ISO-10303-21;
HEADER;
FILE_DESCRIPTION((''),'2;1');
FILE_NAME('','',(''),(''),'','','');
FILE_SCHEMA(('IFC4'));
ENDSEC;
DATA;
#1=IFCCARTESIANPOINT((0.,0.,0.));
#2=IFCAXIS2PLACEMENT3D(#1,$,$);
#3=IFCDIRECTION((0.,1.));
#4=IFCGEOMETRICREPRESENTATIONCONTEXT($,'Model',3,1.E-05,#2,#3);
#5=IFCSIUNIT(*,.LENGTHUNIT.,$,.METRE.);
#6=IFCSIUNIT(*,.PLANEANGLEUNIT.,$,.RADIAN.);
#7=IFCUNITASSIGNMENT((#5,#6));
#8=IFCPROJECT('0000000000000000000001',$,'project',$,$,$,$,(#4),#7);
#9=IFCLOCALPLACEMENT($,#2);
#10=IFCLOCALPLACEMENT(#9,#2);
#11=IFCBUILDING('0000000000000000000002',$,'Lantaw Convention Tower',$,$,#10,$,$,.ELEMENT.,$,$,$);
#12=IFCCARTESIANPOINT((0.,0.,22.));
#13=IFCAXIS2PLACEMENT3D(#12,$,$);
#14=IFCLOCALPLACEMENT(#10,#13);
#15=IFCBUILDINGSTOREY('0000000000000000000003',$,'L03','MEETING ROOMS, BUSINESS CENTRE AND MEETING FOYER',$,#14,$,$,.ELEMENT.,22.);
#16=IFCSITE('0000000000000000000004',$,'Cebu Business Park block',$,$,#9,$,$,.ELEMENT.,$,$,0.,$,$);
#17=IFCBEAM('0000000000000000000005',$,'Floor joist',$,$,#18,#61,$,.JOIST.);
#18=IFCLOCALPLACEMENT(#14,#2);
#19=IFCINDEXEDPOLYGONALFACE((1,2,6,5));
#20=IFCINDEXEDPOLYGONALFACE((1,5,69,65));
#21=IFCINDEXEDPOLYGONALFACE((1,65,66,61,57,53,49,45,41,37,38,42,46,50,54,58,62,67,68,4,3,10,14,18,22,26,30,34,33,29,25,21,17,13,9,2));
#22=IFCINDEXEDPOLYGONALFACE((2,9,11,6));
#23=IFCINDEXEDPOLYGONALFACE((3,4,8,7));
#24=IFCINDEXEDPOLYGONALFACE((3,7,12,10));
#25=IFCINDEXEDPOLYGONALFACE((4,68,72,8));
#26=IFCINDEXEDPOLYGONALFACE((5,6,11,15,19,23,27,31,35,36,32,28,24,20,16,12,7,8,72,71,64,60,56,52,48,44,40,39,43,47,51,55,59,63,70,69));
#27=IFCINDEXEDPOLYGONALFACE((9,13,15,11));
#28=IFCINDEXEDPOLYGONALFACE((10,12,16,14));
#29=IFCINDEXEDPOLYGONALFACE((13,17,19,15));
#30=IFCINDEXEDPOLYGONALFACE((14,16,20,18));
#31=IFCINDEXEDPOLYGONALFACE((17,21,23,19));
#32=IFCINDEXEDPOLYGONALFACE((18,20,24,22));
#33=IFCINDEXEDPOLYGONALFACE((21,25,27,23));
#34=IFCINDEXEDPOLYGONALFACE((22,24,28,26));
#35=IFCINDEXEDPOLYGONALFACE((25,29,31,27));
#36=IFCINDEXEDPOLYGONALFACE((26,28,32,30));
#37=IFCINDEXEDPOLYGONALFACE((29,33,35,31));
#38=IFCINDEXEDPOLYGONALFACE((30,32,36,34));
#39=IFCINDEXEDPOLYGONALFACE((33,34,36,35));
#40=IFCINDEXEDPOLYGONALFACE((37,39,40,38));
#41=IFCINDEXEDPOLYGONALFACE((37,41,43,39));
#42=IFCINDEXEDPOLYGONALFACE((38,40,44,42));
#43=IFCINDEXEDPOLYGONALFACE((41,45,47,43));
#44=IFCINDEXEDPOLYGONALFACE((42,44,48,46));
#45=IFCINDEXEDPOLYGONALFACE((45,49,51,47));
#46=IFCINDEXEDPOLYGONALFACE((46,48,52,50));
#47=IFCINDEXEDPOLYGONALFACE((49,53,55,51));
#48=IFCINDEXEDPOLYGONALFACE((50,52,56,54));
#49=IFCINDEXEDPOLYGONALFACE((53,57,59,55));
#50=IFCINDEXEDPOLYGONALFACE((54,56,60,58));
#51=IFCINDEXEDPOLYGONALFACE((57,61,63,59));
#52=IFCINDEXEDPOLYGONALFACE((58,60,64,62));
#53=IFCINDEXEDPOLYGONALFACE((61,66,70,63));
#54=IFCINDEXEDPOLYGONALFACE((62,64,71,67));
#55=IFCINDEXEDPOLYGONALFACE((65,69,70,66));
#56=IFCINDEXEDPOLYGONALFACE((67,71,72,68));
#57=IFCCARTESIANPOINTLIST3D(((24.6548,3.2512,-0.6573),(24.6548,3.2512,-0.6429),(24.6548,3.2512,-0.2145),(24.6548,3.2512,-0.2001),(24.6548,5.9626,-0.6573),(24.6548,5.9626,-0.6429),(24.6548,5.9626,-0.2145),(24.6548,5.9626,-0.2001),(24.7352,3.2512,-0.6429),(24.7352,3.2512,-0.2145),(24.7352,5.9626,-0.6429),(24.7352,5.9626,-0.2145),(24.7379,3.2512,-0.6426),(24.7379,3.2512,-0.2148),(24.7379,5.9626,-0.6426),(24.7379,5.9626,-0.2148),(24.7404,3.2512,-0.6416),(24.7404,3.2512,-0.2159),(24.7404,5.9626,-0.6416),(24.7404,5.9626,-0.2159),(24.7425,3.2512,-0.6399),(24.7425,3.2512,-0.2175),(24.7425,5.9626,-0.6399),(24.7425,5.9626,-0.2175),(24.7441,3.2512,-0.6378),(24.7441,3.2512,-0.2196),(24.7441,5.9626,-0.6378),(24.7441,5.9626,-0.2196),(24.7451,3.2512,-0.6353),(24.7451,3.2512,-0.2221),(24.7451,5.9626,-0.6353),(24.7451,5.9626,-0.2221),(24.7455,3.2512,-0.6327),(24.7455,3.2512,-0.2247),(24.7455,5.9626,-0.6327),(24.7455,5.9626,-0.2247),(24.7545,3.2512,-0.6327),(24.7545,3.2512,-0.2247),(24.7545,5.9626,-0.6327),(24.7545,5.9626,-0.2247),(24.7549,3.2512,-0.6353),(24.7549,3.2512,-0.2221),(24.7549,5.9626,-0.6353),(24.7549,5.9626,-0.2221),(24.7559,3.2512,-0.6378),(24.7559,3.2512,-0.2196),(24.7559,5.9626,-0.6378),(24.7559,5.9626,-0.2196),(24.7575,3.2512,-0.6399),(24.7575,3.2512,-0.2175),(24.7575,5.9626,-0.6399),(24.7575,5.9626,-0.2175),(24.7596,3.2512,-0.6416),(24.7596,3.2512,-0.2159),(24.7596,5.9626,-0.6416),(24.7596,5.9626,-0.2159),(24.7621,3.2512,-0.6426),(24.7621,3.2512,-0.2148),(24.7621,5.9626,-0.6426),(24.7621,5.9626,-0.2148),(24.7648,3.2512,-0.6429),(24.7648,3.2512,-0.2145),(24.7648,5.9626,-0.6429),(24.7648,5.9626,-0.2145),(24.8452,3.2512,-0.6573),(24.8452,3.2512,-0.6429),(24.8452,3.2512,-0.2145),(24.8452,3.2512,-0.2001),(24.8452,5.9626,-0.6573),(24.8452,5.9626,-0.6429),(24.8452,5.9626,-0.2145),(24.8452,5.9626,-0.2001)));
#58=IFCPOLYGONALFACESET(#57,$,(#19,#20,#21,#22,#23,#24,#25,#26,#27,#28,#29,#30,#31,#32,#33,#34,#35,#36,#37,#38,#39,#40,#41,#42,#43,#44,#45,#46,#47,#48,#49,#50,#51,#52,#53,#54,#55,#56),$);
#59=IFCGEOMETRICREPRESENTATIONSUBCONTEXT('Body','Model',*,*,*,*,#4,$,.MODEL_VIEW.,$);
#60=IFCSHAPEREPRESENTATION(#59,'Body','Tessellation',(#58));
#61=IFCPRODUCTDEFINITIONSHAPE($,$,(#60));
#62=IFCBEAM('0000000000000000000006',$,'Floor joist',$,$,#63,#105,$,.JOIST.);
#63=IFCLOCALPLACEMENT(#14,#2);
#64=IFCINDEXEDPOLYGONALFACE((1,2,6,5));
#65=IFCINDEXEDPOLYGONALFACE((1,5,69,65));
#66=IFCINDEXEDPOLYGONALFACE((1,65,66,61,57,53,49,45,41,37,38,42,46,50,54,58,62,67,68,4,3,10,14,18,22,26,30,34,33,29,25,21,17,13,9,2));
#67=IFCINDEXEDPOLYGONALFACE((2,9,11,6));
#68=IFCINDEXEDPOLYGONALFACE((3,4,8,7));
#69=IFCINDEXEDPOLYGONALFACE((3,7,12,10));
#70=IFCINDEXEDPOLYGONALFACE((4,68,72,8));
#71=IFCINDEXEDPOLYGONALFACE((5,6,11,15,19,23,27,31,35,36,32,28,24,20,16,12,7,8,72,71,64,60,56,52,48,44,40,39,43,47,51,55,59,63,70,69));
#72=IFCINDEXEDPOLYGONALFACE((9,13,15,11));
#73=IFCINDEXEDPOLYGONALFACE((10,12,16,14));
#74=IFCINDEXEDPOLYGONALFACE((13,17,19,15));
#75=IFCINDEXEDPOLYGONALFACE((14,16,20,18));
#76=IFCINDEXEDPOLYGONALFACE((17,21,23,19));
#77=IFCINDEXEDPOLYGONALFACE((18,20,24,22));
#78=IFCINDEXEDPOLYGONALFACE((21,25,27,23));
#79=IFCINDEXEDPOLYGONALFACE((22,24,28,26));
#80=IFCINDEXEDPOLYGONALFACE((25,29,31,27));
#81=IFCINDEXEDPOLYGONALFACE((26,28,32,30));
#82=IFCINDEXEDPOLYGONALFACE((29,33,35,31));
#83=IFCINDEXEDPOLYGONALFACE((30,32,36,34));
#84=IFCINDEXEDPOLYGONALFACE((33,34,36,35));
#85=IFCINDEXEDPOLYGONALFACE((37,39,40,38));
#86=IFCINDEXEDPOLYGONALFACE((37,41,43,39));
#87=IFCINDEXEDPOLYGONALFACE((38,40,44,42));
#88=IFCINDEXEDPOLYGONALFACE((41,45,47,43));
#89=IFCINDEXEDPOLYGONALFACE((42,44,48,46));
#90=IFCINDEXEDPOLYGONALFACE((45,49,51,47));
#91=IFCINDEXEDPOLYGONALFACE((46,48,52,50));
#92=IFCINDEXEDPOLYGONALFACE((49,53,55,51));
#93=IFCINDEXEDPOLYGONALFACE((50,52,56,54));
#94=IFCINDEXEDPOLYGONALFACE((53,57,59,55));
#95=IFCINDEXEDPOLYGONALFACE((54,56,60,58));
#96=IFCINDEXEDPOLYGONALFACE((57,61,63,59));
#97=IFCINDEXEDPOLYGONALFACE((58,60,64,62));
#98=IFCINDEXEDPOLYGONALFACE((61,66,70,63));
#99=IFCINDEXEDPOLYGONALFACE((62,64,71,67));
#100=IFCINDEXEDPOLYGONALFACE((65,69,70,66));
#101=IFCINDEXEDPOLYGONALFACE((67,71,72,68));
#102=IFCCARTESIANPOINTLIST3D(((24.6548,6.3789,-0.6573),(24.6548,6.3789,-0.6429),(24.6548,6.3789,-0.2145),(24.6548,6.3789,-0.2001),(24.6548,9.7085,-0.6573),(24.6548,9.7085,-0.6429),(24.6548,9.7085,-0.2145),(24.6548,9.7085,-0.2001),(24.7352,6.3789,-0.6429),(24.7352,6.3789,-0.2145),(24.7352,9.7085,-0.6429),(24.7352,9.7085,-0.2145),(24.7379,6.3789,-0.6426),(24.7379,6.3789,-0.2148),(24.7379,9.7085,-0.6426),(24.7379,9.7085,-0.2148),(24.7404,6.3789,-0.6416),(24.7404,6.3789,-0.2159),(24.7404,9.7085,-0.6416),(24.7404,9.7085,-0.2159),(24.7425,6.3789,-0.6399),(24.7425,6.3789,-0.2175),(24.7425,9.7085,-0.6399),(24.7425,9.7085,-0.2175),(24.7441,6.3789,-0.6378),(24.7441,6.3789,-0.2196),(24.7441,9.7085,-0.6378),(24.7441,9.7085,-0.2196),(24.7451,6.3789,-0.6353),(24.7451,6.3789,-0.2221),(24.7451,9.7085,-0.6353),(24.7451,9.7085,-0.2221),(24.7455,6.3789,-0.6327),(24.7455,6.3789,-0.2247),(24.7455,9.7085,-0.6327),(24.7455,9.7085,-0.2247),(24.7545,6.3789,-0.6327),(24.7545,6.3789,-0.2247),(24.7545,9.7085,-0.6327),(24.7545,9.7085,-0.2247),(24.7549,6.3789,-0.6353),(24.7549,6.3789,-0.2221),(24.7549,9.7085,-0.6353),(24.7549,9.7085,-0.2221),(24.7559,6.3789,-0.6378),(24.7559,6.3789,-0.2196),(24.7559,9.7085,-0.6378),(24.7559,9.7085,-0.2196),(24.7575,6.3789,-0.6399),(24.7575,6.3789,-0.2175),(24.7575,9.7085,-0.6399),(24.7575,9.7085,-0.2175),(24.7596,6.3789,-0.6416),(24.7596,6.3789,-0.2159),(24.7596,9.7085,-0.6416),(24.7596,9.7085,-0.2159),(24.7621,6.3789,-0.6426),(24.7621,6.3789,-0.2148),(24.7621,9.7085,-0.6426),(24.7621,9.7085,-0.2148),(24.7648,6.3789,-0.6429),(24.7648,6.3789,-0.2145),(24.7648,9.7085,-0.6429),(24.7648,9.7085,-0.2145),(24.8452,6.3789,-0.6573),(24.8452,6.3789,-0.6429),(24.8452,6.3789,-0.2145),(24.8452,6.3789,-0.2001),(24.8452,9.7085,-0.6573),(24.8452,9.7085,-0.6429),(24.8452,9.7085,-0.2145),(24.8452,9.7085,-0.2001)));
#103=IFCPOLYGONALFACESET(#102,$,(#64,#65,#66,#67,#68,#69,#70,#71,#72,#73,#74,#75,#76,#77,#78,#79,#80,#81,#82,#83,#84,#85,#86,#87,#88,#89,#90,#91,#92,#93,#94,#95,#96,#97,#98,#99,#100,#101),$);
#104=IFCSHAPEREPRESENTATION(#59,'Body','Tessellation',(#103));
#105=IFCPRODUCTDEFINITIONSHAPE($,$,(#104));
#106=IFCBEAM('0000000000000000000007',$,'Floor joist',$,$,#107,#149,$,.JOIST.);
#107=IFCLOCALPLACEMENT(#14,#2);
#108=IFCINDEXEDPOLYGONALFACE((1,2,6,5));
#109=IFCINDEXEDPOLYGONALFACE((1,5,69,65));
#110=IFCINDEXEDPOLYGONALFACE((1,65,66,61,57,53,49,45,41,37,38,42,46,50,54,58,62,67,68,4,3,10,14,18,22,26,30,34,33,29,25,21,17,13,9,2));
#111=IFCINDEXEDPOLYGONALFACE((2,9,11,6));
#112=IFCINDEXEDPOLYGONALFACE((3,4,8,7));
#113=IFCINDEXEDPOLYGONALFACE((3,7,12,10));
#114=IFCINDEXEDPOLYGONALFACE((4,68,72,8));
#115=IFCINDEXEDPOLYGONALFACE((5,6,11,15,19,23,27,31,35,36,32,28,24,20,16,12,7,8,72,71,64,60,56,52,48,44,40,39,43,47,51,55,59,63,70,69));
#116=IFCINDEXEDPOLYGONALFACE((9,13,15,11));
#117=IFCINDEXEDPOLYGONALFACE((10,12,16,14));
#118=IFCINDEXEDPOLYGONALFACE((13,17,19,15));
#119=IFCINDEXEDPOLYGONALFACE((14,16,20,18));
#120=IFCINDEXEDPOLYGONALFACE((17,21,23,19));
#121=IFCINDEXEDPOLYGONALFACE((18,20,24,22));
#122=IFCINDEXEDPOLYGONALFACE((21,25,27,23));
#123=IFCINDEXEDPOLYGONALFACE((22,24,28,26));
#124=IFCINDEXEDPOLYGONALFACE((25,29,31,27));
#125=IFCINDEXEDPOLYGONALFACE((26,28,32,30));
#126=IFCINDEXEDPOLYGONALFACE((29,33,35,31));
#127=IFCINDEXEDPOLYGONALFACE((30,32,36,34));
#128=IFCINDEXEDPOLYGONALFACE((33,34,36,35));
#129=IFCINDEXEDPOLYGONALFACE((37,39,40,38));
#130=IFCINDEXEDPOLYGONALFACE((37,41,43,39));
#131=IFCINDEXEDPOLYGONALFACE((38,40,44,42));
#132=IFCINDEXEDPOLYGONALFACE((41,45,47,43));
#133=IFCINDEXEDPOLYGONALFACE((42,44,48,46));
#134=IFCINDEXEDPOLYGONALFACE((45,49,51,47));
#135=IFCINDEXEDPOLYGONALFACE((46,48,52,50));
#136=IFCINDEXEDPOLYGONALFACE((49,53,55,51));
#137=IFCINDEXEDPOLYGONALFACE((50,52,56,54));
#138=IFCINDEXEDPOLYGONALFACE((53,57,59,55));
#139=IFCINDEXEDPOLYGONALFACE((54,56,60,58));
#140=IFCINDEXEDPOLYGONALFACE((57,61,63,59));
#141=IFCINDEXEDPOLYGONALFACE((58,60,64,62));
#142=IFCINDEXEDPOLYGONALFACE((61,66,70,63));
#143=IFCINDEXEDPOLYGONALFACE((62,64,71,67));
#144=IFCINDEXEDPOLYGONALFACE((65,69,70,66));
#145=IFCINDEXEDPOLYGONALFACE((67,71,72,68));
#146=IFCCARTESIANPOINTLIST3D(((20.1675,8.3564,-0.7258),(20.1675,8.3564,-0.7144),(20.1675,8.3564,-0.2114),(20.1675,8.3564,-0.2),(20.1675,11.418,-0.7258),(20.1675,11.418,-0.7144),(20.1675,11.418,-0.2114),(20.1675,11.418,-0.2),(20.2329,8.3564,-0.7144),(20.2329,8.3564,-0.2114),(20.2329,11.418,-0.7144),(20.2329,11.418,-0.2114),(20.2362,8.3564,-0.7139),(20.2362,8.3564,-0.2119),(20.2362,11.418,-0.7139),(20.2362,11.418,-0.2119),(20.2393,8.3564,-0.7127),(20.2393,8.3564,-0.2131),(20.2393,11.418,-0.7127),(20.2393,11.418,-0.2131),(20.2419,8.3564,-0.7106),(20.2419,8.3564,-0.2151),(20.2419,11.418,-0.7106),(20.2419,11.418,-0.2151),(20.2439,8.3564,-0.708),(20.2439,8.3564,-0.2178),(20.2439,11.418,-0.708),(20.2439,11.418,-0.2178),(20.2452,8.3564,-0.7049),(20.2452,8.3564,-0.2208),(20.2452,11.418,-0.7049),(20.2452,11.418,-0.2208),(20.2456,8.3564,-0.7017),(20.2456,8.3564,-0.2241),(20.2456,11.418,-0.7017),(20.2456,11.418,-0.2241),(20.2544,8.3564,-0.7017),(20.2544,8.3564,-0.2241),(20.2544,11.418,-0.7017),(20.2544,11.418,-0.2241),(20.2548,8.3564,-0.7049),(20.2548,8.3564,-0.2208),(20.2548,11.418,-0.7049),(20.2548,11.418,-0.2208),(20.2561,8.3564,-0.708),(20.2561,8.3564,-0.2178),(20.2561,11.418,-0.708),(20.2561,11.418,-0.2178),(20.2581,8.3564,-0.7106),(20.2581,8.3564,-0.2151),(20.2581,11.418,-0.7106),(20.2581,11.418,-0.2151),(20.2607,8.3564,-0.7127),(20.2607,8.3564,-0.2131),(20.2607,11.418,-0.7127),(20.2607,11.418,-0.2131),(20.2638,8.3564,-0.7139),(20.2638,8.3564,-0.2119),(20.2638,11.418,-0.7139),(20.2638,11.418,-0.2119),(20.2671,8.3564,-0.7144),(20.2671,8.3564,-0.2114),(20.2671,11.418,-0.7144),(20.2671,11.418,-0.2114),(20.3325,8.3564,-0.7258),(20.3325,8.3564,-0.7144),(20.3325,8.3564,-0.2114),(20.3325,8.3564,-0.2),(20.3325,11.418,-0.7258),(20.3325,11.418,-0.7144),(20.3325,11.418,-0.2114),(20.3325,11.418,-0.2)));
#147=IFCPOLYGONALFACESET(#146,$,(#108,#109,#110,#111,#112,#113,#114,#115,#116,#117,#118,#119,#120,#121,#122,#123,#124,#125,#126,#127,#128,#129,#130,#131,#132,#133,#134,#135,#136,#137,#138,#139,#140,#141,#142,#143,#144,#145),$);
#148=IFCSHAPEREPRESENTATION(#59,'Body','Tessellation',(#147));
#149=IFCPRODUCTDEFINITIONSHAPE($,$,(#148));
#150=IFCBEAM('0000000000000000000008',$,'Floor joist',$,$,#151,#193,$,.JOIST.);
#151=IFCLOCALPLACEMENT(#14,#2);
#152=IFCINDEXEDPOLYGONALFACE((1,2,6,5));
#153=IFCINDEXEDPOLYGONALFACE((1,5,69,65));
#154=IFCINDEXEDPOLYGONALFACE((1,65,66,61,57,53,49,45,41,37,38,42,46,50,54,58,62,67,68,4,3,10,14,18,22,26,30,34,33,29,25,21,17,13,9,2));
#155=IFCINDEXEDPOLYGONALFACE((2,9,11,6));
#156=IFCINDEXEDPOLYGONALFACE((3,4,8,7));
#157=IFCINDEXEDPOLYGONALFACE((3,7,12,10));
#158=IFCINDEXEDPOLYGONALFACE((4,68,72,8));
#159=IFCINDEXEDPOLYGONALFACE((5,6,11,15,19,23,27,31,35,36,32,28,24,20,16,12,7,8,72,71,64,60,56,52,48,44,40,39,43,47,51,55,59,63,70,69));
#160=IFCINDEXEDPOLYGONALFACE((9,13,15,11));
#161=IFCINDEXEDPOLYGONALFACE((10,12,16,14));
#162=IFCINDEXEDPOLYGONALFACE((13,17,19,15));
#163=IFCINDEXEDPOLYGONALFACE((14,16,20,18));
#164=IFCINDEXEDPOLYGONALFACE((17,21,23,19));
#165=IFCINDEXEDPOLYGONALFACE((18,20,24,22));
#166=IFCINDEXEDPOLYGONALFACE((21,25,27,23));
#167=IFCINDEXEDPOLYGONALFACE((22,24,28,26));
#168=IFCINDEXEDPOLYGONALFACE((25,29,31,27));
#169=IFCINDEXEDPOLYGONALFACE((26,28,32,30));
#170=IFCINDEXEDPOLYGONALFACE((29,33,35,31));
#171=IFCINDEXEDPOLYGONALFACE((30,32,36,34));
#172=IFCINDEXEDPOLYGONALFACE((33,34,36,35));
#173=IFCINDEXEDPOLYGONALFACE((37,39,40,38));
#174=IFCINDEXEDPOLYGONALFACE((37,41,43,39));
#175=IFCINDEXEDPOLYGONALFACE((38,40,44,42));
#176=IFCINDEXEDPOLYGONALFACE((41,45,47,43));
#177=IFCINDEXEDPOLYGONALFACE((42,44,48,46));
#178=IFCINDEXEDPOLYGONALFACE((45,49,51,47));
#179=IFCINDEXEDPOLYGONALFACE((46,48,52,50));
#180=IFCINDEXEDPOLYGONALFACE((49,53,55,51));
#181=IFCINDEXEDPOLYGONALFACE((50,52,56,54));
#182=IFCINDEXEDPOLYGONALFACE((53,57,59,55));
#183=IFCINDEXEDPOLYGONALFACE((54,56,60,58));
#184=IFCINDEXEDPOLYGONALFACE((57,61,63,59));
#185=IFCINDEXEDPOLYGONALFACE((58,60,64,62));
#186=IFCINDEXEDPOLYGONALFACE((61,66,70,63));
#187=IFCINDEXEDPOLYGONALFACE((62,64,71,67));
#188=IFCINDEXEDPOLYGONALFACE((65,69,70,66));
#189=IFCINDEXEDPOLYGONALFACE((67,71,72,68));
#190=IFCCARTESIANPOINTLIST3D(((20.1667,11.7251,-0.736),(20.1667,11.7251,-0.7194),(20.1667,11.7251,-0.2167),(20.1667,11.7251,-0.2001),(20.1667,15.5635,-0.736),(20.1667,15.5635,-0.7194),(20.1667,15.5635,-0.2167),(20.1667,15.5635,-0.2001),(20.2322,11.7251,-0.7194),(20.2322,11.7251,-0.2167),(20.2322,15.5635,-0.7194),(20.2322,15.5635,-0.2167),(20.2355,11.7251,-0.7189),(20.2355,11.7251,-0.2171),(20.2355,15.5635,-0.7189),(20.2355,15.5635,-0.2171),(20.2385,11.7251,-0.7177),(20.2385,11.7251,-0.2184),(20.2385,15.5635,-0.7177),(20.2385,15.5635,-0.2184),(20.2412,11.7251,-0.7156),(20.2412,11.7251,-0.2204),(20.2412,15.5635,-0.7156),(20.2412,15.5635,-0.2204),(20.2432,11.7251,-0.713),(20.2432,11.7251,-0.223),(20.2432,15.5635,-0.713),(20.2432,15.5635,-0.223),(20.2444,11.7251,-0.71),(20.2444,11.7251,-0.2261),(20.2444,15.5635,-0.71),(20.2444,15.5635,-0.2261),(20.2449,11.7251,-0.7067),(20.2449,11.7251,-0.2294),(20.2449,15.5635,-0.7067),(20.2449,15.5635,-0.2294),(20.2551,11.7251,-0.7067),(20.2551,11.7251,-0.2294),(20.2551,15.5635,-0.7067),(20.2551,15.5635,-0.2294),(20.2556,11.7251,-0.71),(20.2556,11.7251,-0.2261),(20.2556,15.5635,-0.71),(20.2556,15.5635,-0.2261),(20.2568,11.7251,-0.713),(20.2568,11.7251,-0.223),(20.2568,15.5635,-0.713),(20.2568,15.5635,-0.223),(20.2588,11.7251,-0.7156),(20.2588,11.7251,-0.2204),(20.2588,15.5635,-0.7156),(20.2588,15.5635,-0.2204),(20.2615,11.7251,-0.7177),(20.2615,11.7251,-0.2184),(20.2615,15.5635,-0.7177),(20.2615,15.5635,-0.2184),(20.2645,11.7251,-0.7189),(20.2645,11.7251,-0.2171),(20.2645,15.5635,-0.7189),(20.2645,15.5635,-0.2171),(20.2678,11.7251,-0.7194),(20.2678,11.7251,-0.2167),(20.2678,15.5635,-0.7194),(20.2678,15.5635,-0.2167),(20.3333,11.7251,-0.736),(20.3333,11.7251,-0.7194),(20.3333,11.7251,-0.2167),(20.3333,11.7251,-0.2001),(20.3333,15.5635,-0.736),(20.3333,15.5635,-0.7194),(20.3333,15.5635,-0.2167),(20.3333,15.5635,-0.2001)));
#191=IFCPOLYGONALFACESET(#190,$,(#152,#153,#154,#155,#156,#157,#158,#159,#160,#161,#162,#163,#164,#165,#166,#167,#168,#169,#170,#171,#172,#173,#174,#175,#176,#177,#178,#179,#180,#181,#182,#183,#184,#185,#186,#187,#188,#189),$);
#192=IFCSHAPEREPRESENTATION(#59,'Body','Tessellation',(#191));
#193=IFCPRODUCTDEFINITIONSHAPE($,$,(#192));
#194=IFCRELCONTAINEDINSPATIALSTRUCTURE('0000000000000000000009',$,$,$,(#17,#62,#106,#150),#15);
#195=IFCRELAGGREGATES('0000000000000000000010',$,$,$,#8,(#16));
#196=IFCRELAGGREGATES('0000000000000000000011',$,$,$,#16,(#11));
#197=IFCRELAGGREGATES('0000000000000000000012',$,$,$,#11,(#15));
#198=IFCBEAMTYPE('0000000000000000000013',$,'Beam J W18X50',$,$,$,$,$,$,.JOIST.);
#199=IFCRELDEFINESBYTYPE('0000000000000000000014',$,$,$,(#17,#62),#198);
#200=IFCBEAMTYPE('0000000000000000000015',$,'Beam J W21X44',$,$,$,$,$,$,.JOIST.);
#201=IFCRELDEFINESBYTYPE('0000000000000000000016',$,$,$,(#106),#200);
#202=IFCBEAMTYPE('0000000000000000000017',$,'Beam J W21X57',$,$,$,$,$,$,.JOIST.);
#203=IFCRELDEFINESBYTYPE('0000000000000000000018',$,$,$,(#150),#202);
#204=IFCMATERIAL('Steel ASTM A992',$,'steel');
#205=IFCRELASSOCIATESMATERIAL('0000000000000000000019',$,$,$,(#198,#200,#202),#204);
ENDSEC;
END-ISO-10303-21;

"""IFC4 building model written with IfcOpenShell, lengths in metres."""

from ifc_helpers import new_model, si_unit, direction, frame, origin, origin_2d, place, context, subcontext, project, spatial, i_section, extrude, material, material_profile, profile_set, type_object, element, save


model = new_model("IFC4")

# Units and contexts
model_context = context("Model", 3, precision=1e-05, world=origin(), true_north=direction((0.0, 1.0)))
body_context = subcontext(model_context, "Body", "Model", "MODEL_VIEW")
ifc_project = project(units=[si_unit("LENGTHUNIT", "METRE"), si_unit("PLANEANGLEUNIT", "RADIAN")], contexts=[model_context])

# Site, building, storey
site_placement = place(None, origin())
site = spatial("IfcSite", under=ifc_project, at=site_placement, Name="Cebu Business Park block", CompositionType="ELEMENT", RefElevation=0.0)
building_placement = place(site_placement, origin())
building = spatial("IfcBuilding", under=site, at=building_placement, Name="Lantaw Convention Tower", CompositionType="ELEMENT")
storey_placement = place(building_placement, frame((0.0, 0.0, 22.0)))
storey = spatial("IfcBuildingStorey", under=building, at=storey_placement, Name="L03", Description="MEETING ROOMS, BUSINESS CENTRE AND MEETING FOYER", CompositionType="ELEMENT", Elevation=22.0)

# Beams
ifc_material_1 = material(Name="Steel ASTM A992", Category="steel")
ifc_material_profile_1 = material_profile(ifc_material_1, i_section(OverallWidth=0.1904, OverallDepth=0.4573, WebThickness=0.009, FlangeThickness=0.0144, FilletRadius=0.0103, at=origin_2d()), Name="W18X50")
ifc_profile_set_1 = profile_set([ifc_material_profile_1], Name="Steel ASTM A992")
beam_type_1 = type_object("IfcBeamType", Name="Beam J W18X50", PredefinedType="JOIST", material=ifc_profile_set_1)
beam_1_placement = place(storey_placement, frame((24.75, 3.2512, -0.4287), z_axis=(0.0, 1.0, 0.0), x_axis=(-1.0, 0.0, 0.0)))
element("IfcBeam", 1, at=beam_1_placement, inside=storey, type_object=beam_type_1, Name="Floor joist", PredefinedType="JOIST", context=body_context, shape_type="SweptSolid", body=[
    extrude(i_section(OverallWidth=0.1904, OverallDepth=0.4573, WebThickness=0.009, FlangeThickness=0.0144, FilletRadius=0.0103, at=origin_2d()), origin(), (0.0, 0.0, 1.0), 2.7114),
])
beam_2_placement = place(storey_placement, frame((24.75, 6.3789, -0.4287), z_axis=(0.0, 1.0, 0.0), x_axis=(-1.0, 0.0, 0.0)))
element("IfcBeam", 2, at=beam_2_placement, inside=storey, type_object=beam_type_1, Name="Floor joist", PredefinedType="JOIST", context=body_context, shape_type="SweptSolid", body=[
    extrude(i_section(OverallWidth=0.1904, OverallDepth=0.4573, WebThickness=0.009, FlangeThickness=0.0144, FilletRadius=0.0103, at=origin_2d()), origin(), (0.0, 0.0, 1.0), 3.3296),
])
ifc_material_profile_2 = material_profile(ifc_material_1, i_section(OverallWidth=0.165, OverallDepth=0.5259, WebThickness=0.0088, FlangeThickness=0.0115, FilletRadius=0.0127, at=origin_2d()), Name="W21X44")
ifc_profile_set_2 = profile_set([ifc_material_profile_2], Name="Steel ASTM A992")
beam_type_2 = type_object("IfcBeamType", Name="Beam J W21X44", PredefinedType="JOIST", material=ifc_profile_set_2)
beam_3_placement = place(storey_placement, frame((20.25, 8.3564, -0.4629), z_axis=(0.0, 1.0, 0.0), x_axis=(-1.0, 0.0, 0.0)))
element("IfcBeam", 3, at=beam_3_placement, inside=storey, type_object=beam_type_2, Name="Floor joist", PredefinedType="JOIST", context=body_context, shape_type="SweptSolid", body=[
    extrude(i_section(OverallWidth=0.165, OverallDepth=0.5259, WebThickness=0.0088, FlangeThickness=0.0115, FilletRadius=0.0127, at=origin_2d()), origin(), (0.0, 0.0, 1.0), 3.0615),
])
ifc_material_profile_3 = material_profile(ifc_material_1, i_section(OverallWidth=0.1665, OverallDepth=0.5359, WebThickness=0.0103, FlangeThickness=0.0166, FilletRadius=0.0127, at=origin_2d()), Name="W21X57")
ifc_profile_set_3 = profile_set([ifc_material_profile_3], Name="Steel ASTM A992")
beam_type_3 = type_object("IfcBeamType", Name="Beam J W21X57", PredefinedType="JOIST", material=ifc_profile_set_3)
beam_4_placement = place(storey_placement, frame((20.25, 11.7251, -0.468), z_axis=(0.0, 1.0, 0.0), x_axis=(-1.0, 0.0, 0.0)))
element("IfcBeam", 4, at=beam_4_placement, inside=storey, type_object=beam_type_3, Name="Floor joist", PredefinedType="JOIST", context=body_context, shape_type="SweptSolid", body=[
    extrude(i_section(OverallWidth=0.1665, OverallDepth=0.5359, WebThickness=0.0103, FlangeThickness=0.0166, FilletRadius=0.0127, at=origin_2d()), origin(), (0.0, 0.0, 1.0), 3.8384),
])

save(model, "model.ifc")
